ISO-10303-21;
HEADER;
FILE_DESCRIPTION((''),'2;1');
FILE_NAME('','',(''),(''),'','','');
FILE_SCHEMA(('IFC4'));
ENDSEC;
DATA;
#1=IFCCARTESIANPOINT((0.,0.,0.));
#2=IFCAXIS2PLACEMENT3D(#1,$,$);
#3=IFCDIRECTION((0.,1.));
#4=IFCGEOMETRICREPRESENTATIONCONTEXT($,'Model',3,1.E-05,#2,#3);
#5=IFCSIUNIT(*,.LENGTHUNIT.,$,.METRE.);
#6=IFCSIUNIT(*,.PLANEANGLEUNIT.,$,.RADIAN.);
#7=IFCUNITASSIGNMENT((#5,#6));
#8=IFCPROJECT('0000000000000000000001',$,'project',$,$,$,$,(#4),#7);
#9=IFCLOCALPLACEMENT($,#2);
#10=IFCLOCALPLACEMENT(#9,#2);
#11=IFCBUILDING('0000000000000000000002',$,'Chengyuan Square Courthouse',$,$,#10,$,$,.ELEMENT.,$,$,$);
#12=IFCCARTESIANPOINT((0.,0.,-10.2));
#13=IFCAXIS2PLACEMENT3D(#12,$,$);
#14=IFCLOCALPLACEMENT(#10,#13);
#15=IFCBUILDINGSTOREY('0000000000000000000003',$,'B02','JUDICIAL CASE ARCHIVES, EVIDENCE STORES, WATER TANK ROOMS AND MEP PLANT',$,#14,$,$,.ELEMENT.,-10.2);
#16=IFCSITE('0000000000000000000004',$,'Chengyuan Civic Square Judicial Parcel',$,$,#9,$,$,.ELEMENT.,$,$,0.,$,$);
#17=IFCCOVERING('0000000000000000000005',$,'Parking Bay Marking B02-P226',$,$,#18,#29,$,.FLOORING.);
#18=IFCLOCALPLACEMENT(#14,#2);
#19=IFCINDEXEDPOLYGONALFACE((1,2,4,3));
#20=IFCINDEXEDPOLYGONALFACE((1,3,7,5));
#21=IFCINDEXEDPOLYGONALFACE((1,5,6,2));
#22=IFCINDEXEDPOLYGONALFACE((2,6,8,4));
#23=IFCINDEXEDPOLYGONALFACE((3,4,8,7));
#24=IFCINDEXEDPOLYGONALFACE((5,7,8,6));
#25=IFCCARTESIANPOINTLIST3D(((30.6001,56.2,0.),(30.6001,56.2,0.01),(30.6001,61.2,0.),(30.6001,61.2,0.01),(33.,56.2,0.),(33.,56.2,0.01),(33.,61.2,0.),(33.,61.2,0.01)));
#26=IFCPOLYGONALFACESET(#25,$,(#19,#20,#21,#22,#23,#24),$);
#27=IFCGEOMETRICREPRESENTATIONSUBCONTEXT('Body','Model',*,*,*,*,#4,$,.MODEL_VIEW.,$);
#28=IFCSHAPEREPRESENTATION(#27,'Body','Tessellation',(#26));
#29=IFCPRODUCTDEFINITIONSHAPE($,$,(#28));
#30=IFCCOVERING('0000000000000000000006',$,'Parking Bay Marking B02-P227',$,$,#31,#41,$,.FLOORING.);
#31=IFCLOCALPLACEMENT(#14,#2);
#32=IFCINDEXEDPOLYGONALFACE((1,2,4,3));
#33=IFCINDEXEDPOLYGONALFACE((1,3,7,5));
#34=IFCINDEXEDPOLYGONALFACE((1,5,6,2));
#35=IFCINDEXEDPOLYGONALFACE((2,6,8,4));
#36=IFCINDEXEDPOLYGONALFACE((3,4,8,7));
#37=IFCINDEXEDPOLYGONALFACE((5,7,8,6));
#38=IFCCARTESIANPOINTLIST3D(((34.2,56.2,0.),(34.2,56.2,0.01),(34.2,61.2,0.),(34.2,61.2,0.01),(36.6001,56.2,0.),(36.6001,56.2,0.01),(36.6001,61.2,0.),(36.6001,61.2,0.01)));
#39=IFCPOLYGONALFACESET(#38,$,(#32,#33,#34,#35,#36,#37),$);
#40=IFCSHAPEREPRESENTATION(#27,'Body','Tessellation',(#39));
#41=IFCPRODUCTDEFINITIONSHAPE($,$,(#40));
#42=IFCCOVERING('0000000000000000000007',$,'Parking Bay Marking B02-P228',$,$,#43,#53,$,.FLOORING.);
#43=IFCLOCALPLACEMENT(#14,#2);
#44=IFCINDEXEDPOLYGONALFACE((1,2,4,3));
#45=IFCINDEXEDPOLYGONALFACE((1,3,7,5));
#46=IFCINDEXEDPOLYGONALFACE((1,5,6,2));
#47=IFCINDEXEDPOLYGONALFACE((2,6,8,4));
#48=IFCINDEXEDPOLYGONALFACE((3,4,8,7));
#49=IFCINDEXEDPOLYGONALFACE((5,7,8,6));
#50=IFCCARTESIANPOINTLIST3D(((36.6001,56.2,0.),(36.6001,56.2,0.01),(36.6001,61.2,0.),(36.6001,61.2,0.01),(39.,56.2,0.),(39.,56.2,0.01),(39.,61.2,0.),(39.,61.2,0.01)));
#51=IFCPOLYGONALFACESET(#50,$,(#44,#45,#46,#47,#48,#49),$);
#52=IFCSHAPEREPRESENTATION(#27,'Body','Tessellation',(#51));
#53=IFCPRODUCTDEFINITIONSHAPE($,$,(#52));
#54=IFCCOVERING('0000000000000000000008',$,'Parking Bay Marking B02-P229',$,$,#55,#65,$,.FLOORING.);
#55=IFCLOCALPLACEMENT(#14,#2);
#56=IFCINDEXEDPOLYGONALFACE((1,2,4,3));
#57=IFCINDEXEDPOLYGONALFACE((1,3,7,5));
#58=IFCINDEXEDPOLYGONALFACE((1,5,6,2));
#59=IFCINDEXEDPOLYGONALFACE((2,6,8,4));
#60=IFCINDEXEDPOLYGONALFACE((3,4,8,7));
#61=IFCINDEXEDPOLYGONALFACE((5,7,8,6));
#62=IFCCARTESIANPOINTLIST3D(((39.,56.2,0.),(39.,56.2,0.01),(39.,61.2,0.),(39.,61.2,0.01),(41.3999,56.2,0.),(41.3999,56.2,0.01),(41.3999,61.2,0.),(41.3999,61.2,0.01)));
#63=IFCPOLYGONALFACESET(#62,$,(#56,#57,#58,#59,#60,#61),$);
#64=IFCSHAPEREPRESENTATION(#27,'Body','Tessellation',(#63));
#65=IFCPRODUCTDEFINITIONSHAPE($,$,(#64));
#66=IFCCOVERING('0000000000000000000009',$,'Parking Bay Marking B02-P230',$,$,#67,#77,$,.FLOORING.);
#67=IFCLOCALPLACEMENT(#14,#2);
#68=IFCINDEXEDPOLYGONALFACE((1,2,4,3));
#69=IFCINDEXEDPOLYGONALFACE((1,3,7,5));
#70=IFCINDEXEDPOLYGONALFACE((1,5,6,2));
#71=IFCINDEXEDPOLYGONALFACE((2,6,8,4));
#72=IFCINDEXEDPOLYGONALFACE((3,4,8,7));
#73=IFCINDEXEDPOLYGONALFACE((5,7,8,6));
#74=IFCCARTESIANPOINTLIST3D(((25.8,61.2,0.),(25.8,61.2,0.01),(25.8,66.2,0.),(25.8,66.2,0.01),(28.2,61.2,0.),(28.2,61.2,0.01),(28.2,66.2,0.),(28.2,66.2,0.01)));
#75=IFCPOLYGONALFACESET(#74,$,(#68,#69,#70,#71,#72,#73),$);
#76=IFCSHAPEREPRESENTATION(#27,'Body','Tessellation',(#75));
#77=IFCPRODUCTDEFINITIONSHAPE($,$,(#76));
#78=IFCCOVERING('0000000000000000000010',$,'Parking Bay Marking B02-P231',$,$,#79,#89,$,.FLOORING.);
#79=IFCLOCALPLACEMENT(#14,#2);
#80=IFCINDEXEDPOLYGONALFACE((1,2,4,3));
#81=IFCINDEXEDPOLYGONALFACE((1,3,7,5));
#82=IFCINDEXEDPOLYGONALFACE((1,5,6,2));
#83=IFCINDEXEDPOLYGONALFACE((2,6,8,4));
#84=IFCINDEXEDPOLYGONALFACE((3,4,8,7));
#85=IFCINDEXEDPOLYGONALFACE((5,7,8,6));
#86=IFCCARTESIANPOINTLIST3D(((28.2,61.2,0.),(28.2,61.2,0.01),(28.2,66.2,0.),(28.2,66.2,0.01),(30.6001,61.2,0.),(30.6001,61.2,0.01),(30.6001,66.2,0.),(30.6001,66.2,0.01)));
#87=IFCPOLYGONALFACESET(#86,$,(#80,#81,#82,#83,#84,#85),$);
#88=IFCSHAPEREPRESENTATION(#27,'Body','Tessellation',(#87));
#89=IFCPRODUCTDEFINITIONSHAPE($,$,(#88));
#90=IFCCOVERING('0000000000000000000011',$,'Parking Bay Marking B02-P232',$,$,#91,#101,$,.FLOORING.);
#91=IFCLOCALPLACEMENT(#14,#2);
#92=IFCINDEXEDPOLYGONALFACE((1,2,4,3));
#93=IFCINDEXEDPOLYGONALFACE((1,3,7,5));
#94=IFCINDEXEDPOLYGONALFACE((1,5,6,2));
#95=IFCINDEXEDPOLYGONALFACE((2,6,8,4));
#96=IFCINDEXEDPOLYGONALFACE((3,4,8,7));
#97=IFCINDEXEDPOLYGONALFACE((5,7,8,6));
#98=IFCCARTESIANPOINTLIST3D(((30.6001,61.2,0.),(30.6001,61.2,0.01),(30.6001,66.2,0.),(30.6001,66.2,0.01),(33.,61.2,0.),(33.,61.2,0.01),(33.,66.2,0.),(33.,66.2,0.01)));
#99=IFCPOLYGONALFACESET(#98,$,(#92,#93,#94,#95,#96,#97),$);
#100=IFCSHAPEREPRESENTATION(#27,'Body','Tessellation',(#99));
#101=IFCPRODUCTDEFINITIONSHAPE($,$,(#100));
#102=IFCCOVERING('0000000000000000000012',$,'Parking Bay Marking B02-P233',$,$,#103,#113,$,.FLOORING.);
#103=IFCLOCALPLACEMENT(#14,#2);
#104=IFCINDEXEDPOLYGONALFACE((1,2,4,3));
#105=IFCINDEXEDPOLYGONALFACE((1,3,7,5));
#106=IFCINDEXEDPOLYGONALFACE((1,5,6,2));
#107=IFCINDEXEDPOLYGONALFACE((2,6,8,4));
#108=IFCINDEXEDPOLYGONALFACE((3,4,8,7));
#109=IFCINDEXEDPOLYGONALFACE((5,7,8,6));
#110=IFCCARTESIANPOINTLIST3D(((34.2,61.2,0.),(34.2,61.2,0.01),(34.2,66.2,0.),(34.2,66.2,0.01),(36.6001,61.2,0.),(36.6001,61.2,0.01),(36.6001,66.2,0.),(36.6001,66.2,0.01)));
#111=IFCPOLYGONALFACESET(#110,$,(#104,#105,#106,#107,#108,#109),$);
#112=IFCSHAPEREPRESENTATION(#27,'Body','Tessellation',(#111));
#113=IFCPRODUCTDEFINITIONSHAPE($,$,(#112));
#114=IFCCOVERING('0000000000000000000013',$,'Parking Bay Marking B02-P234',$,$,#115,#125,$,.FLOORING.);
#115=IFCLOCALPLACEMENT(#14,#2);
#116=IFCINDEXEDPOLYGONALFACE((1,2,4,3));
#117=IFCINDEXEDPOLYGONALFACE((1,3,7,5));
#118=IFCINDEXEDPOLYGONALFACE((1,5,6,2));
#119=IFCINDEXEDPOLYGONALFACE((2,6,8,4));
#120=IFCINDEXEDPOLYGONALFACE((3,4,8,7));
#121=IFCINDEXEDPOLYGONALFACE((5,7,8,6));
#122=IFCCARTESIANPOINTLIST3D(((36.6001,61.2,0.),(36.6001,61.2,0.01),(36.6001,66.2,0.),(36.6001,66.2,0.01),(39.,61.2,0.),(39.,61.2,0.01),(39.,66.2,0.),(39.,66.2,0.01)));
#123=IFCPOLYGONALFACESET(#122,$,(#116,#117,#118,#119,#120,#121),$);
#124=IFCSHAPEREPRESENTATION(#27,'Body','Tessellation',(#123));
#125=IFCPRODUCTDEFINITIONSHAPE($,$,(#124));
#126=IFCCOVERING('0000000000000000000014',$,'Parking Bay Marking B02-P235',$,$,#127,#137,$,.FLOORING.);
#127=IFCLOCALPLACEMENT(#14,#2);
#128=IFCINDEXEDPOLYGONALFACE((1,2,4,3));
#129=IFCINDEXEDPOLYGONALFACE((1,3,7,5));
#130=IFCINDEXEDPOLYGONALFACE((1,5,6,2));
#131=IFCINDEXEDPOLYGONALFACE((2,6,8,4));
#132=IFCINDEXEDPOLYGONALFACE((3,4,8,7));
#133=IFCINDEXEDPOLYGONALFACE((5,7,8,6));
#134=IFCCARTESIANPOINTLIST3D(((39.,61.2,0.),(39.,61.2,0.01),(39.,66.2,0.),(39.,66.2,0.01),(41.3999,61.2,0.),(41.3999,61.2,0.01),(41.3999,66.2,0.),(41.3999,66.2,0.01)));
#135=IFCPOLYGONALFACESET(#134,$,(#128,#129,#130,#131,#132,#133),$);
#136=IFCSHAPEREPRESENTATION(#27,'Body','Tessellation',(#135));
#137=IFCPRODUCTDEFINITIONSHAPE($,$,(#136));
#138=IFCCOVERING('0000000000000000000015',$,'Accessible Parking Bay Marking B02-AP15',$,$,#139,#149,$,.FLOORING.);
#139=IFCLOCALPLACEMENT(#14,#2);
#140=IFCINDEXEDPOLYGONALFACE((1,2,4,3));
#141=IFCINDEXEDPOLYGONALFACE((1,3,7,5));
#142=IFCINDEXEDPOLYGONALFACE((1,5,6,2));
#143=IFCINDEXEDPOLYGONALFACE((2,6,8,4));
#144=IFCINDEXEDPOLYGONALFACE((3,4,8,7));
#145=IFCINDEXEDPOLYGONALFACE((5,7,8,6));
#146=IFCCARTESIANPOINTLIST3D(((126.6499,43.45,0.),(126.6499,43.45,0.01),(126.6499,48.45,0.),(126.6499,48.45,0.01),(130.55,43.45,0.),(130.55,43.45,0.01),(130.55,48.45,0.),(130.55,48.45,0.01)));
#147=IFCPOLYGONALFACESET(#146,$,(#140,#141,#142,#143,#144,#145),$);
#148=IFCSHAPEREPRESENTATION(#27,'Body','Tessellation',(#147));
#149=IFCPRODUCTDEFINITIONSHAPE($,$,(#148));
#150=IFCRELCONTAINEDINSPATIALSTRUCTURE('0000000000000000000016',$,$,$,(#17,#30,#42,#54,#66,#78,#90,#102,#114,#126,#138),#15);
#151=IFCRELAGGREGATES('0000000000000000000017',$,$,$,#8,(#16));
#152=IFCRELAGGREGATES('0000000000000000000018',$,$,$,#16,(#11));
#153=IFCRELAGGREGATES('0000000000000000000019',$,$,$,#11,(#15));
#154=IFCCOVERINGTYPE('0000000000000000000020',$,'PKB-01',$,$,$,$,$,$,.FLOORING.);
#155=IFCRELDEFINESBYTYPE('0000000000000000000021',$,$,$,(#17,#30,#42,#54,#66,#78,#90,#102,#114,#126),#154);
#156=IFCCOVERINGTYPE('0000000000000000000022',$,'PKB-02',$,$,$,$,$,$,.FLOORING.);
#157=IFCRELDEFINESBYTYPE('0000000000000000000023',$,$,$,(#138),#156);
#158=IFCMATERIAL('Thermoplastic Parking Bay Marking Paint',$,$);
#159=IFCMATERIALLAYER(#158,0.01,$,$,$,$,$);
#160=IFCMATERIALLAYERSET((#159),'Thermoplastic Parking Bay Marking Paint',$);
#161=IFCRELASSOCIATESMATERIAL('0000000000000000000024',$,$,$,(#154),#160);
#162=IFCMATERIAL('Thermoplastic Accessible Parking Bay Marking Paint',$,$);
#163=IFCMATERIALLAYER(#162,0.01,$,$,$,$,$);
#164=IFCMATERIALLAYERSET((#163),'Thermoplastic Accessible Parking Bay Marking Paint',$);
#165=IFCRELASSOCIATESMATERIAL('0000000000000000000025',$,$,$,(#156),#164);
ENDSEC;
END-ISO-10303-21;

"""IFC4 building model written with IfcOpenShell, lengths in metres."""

from ifc_helpers import new_model, si_unit, direction, frame, origin, place, context, subcontext, project, spatial, polyline, outline, extrude, material, layer, layer_set, type_object, element, save


model = new_model("IFC4")

# Units and contexts
model_context = context("Model", 3, precision=1e-05, world=origin(), true_north=direction((0.0, 1.0)))
body_context = subcontext(model_context, "Body", "Model", "MODEL_VIEW")
ifc_project = project(units=[si_unit("LENGTHUNIT", "METRE"), si_unit("PLANEANGLEUNIT", "RADIAN")], contexts=[model_context])

# Site, building, storey
site_placement = place(None, origin())
site = spatial("IfcSite", under=ifc_project, at=site_placement, Name="Chengyuan Civic Square Judicial Parcel", CompositionType="ELEMENT", RefElevation=0.0)
building_placement = place(site_placement, origin())
building = spatial("IfcBuilding", under=site, at=building_placement, Name="Chengyuan Square Courthouse", CompositionType="ELEMENT")
storey_placement = place(building_placement, frame((0.0, 0.0, -10.2)))
storey = spatial("IfcBuildingStorey", under=building, at=storey_placement, Name="B02", Description="JUDICIAL CASE ARCHIVES, EVIDENCE STORES, WATER TANK ROOMS AND MEP PLANT", CompositionType="ELEMENT", Elevation=-10.2)

# Coverings
ifc_material_1 = material(Name="Thermoplastic Parking Bay Marking Paint")
ifc_layer_1 = layer(ifc_material_1, 0.01)
ifc_layer_set_1 = layer_set([ifc_layer_1], Name="Thermoplastic Parking Bay Marking Paint")
covering_type_1 = type_object("IfcCoveringType", Name="PKB-01", PredefinedType="FLOORING", material=ifc_layer_set_1)
covering_1_placement = place(storey_placement, origin())
element("IfcCovering", 1, at=covering_1_placement, inside=storey, type_object=covering_type_1, Name="Parking Bay Marking B02-P226", PredefinedType="FLOORING", context=body_context, shape_type="SweptSolid", body=[
    extrude(outline(polyline([(30.6001, 56.2), (33.0, 56.2), (33.0, 61.2), (30.6001, 61.2), (30.6001, 56.2)])), origin(), (0.0, 0.0, 1.0), 0.01),
])
covering_2_placement = place(storey_placement, origin())
element("IfcCovering", 2, at=covering_2_placement, inside=storey, type_object=covering_type_1, Name="Parking Bay Marking B02-P227", PredefinedType="FLOORING", context=body_context, shape_type="SweptSolid", body=[
    extrude(outline(polyline([(34.2, 56.2), (36.6001, 56.2), (36.6001, 61.2), (34.2, 61.2), (34.2, 56.2)])), origin(), (0.0, 0.0, 1.0), 0.01),
])
covering_3_placement = place(storey_placement, origin())
element("IfcCovering", 3, at=covering_3_placement, inside=storey, type_object=covering_type_1, Name="Parking Bay Marking B02-P228", PredefinedType="FLOORING", context=body_context, shape_type="SweptSolid", body=[
    extrude(outline(polyline([(36.6001, 56.2), (39.0, 56.2), (39.0, 61.2), (36.6001, 61.2), (36.6001, 56.2)])), origin(), (0.0, 0.0, 1.0), 0.01),
])
covering_4_placement = place(storey_placement, origin())
element("IfcCovering", 4, at=covering_4_placement, inside=storey, type_object=covering_type_1, Name="Parking Bay Marking B02-P229", PredefinedType="FLOORING", context=body_context, shape_type="SweptSolid", body=[
    extrude(outline(polyline([(39.0, 56.2), (41.3999, 56.2), (41.3999, 61.2), (39.0, 61.2), (39.0, 56.2)])), origin(), (0.0, 0.0, 1.0), 0.01),
])
covering_5_placement = place(storey_placement, origin())
element("IfcCovering", 5, at=covering_5_placement, inside=storey, type_object=covering_type_1, Name="Parking Bay Marking B02-P230", PredefinedType="FLOORING", context=body_context, shape_type="SweptSolid", body=[
    extrude(outline(polyline([(25.8, 61.2), (28.2, 61.2), (28.2, 66.2), (25.8, 66.2), (25.8, 61.2)])), origin(), (0.0, 0.0, 1.0), 0.01),
])
covering_6_placement = place(storey_placement, origin())
element("IfcCovering", 6, at=covering_6_placement, inside=storey, type_object=covering_type_1, Name="Parking Bay Marking B02-P231", PredefinedType="FLOORING", context=body_context, shape_type="SweptSolid", body=[
    extrude(outline(polyline([(28.2, 61.2), (30.6001, 61.2), (30.6001, 66.2), (28.2, 66.2), (28.2, 61.2)])), origin(), (0.0, 0.0, 1.0), 0.01),
])
covering_7_placement = place(storey_placement, origin())
element("IfcCovering", 7, at=covering_7_placement, inside=storey, type_object=covering_type_1, Name="Parking Bay Marking B02-P232", PredefinedType="FLOORING", context=body_context, shape_type="SweptSolid", body=[
    extrude(outline(polyline([(30.6001, 61.2), (33.0, 61.2), (33.0, 66.2), (30.6001, 66.2), (30.6001, 61.2)])), origin(), (0.0, 0.0, 1.0), 0.01),
])
covering_8_placement = place(storey_placement, origin())
element("IfcCovering", 8, at=covering_8_placement, inside=storey, type_object=covering_type_1, Name="Parking Bay Marking B02-P233", PredefinedType="FLOORING", context=body_context, shape_type="SweptSolid", body=[
    extrude(outline(polyline([(34.2, 61.2), (36.6001, 61.2), (36.6001, 66.2), (34.2, 66.2), (34.2, 61.2)])), origin(), (0.0, 0.0, 1.0), 0.01),
])
covering_9_placement = place(storey_placement, origin())
element("IfcCovering", 9, at=covering_9_placement, inside=storey, type_object=covering_type_1, Name="Parking Bay Marking B02-P234", PredefinedType="FLOORING", context=body_context, shape_type="SweptSolid", body=[
    extrude(outline(polyline([(36.6001, 61.2), (39.0, 61.2), (39.0, 66.2), (36.6001, 66.2), (36.6001, 61.2)])), origin(), (0.0, 0.0, 1.0), 0.01),
])
covering_10_placement = place(storey_placement, origin())
element("IfcCovering", 10, at=covering_10_placement, inside=storey, type_object=covering_type_1, Name="Parking Bay Marking B02-P235", PredefinedType="FLOORING", context=body_context, shape_type="SweptSolid", body=[
    extrude(outline(polyline([(39.0, 61.2), (41.3999, 61.2), (41.3999, 66.2), (39.0, 66.2), (39.0, 61.2)])), origin(), (0.0, 0.0, 1.0), 0.01),
])
ifc_material_2 = material(Name="Thermoplastic Accessible Parking Bay Marking Paint")
ifc_layer_2 = layer(ifc_material_2, 0.01)
ifc_layer_set_2 = layer_set([ifc_layer_2], Name="Thermoplastic Accessible Parking Bay Marking Paint")
covering_type_2 = type_object("IfcCoveringType", Name="PKB-02", PredefinedType="FLOORING", material=ifc_layer_set_2)
covering_11_placement = place(storey_placement, origin())
element("IfcCovering", 11, at=covering_11_placement, inside=storey, type_object=covering_type_2, Name="Accessible Parking Bay Marking B02-AP15", PredefinedType="FLOORING", context=body_context, shape_type="SweptSolid", body=[
    extrude(outline(polyline([(126.6499, 43.45), (130.55, 43.45), (130.55, 48.45), (126.6499, 48.45), (126.6499, 43.45)])), origin(), (0.0, 0.0, 1.0), 0.01),
])

save(model, "model.ifc")
